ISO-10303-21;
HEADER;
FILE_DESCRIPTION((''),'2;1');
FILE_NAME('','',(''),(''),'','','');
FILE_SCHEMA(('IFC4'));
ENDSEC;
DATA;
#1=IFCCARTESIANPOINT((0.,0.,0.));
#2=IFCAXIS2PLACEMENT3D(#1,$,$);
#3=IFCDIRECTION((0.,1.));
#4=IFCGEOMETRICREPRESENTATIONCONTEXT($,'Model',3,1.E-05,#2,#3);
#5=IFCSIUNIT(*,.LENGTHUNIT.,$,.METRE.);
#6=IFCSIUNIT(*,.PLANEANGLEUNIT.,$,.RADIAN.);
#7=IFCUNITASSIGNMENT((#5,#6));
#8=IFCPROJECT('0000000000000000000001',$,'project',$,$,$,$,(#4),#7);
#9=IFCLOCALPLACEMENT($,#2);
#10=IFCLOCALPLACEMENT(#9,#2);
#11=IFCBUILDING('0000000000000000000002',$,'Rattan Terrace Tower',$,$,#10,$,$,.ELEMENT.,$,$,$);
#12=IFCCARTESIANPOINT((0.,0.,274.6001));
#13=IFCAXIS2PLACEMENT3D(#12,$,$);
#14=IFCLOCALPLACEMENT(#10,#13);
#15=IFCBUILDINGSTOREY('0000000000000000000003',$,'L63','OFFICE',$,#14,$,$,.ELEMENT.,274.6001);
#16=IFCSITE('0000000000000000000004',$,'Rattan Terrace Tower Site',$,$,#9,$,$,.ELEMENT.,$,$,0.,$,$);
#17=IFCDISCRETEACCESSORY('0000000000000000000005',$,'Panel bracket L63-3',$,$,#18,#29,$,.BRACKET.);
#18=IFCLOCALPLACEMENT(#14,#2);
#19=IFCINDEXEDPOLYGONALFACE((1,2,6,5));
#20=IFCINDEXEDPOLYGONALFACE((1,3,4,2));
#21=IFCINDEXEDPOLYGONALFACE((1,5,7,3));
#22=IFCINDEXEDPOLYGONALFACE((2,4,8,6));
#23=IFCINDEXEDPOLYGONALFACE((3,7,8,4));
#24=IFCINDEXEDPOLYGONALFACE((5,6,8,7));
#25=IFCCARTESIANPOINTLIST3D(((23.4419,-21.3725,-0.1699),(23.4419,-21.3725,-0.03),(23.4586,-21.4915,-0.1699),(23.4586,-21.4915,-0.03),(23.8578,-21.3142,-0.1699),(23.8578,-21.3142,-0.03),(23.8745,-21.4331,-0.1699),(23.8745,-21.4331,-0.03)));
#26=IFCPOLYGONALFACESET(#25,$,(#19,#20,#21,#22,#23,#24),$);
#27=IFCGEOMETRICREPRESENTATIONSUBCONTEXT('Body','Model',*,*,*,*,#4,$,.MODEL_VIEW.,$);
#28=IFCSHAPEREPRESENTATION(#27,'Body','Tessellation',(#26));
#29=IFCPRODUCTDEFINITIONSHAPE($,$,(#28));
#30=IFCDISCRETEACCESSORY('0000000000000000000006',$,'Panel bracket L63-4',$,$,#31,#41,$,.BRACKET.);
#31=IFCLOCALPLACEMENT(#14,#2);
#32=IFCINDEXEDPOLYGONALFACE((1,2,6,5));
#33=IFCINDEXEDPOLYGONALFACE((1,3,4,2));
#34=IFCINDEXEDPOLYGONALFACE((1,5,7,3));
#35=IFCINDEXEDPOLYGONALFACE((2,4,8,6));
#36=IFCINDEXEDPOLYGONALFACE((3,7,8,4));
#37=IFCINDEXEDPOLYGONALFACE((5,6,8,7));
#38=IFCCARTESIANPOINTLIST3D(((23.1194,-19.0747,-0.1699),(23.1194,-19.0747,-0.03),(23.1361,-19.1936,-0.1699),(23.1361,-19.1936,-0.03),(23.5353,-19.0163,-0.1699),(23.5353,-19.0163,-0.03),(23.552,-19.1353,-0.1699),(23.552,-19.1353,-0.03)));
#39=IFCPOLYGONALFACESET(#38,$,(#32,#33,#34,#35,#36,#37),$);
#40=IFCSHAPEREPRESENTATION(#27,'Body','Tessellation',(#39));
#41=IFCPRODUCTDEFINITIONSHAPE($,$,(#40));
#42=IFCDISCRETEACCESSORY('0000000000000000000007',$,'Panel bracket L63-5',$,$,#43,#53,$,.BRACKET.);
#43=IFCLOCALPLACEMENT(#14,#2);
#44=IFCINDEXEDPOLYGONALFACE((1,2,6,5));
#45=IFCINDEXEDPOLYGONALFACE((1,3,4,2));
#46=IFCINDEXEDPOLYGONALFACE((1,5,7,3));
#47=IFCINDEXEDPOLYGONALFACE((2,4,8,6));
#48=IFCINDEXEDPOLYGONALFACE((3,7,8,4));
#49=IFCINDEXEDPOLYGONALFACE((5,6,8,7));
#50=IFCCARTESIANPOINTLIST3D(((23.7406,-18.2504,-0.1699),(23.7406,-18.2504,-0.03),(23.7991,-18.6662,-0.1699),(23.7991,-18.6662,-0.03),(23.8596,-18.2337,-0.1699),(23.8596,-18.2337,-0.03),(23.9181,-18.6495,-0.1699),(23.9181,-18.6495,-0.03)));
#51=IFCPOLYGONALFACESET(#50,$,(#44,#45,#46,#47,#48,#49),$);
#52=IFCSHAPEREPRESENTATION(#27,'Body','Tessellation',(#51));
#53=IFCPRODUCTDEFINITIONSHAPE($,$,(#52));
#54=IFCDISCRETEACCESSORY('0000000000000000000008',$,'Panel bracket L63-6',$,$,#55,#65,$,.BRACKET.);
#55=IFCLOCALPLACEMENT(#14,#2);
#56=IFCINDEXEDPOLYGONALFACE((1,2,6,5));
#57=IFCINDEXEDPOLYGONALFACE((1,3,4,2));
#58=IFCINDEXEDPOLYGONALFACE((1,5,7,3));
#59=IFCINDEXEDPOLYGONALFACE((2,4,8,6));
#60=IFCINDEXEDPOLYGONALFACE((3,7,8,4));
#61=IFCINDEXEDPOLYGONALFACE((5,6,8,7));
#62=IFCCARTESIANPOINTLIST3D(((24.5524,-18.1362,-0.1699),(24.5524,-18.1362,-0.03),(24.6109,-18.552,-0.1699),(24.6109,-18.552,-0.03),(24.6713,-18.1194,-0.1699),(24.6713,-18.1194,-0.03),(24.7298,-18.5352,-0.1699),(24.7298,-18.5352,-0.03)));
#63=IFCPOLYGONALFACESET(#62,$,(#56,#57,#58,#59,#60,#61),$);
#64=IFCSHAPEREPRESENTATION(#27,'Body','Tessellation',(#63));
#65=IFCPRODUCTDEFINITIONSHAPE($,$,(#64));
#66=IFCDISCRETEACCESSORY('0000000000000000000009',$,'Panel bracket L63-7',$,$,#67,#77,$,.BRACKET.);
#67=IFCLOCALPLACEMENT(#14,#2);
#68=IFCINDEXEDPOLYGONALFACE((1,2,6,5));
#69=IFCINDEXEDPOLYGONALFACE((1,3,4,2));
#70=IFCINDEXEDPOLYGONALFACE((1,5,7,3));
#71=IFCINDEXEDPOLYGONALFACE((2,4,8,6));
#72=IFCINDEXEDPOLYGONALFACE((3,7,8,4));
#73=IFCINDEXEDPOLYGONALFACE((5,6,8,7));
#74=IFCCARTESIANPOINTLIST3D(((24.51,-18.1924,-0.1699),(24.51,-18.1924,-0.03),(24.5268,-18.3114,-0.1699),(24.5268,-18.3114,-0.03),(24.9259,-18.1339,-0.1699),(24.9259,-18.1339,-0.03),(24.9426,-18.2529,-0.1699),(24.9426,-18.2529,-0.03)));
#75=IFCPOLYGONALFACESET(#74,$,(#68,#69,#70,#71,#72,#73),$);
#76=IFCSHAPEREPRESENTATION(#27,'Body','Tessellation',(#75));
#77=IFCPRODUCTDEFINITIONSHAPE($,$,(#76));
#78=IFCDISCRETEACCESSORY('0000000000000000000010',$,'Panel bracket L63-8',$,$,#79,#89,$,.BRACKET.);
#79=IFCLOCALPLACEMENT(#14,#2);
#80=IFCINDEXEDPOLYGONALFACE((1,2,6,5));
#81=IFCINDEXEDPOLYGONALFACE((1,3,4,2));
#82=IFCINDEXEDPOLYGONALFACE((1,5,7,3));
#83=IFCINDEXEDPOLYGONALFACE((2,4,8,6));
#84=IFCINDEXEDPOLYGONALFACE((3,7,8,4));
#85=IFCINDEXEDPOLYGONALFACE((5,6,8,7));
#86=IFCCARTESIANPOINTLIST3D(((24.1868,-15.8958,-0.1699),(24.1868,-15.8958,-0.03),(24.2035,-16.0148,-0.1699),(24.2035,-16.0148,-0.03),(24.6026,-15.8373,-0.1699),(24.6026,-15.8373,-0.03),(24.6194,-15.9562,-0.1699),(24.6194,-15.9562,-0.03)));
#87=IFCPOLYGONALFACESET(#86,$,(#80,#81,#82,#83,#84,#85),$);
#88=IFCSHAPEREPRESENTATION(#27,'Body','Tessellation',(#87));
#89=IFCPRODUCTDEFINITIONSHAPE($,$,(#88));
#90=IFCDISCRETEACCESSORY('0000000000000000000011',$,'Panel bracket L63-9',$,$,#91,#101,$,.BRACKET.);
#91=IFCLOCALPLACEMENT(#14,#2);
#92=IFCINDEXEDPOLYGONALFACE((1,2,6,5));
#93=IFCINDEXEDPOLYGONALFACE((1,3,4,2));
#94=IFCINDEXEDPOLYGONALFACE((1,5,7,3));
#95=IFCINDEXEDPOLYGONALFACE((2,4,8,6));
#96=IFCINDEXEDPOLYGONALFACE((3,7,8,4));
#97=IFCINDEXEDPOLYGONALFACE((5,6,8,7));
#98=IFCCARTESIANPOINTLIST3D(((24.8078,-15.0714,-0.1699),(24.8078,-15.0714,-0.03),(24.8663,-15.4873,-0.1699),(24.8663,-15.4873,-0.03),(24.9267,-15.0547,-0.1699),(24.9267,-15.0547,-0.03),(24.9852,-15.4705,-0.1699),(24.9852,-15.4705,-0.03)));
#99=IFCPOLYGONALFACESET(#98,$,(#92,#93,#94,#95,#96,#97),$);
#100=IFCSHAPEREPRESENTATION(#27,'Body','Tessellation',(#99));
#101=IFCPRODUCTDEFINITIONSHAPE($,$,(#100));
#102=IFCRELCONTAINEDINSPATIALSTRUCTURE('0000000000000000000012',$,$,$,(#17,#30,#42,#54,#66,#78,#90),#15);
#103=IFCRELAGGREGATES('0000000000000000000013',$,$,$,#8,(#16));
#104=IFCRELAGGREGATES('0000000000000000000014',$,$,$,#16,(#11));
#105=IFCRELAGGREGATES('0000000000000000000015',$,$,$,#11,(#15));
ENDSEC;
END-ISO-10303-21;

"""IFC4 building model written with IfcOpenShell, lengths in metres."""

from ifc_helpers import new_model, si_unit, direction, frame, origin, origin_2d, place, context, subcontext, project, spatial, rectangle, extrude, element, save


model = new_model("IFC4")

# Units and contexts
model_context = context("Model", 3, precision=1e-05, world=origin(), true_north=direction((0.0, 1.0)))
body_context = subcontext(model_context, "Body", "Model", "MODEL_VIEW")
ifc_project = project(units=[si_unit("LENGTHUNIT", "METRE"), si_unit("PLANEANGLEUNIT", "RADIAN")], contexts=[model_context])

# Site, building, storey
site_placement = place(None, origin())
site = spatial("IfcSite", under=ifc_project, at=site_placement, Name="Rattan Terrace Tower Site", CompositionType="ELEMENT", RefElevation=0.0)
building_placement = place(site_placement, origin())
building = spatial("IfcBuilding", under=site, at=building_placement, Name="Rattan Terrace Tower", CompositionType="ELEMENT")
storey_placement = place(building_placement, frame((0.0, 0.0, 274.6001)))
storey = spatial("IfcBuildingStorey", under=building, at=storey_placement, Name="L63", Description="OFFICE", CompositionType="ELEMENT", Elevation=274.6001)

# Discrete accessories
for number, where, z_axis, x_axis, name in (
    (1, (23.6582, -21.4028, -0.1699), (0.0, 0.0, 1.0), (-0.138994, 0.990293, 0.0), "Panel bracket L63-3"),
    (2, (23.3357, -19.105, -0.1699), (0.0, 0.0, 1.0), (-0.138994, 0.990293, 0.0), "Panel bracket L63-4"),
    (3, (23.8293, -18.45, -0.1699), (0.0, 0.0, 1.0), (0.990241, 0.139367, 0.0), "Panel bracket L63-5"),
    (4, (24.6411, -18.3357, -0.1699), (0.0, 0.0, 1.0), (0.990241, 0.139367, 0.0), "Panel bracket L63-6"),
    (5, (24.7263, -18.2227, -0.1699), (0.0, 0.0, 1.0), (-0.139367, 0.990241, 0.0), "Panel bracket L63-7"),
    (6, (24.4031, -15.926, -0.1699), (0.0, 0.0, 1.0), (-0.139367, 0.990241, 0.0), "Panel bracket L63-8"),
    (7, (24.8965, -15.271, -0.1699), (0.0, 0.0, 1.0), (0.990254, 0.139275, 0.0), "Panel bracket L63-9"),
):
    element("IfcDiscreteAccessory", number, at=place(storey_placement, frame(where, z_axis=z_axis, x_axis=x_axis)), inside=storey, Name=name, PredefinedType="BRACKET", context=body_context, shape_type="SweptSolid", body=[
        extrude(rectangle(XDim=0.1201, YDim=0.4199, at=origin_2d()), origin(), (0.0, 0.0, 1.0), 0.1399),
    ])

save(model, "model.ifc")
